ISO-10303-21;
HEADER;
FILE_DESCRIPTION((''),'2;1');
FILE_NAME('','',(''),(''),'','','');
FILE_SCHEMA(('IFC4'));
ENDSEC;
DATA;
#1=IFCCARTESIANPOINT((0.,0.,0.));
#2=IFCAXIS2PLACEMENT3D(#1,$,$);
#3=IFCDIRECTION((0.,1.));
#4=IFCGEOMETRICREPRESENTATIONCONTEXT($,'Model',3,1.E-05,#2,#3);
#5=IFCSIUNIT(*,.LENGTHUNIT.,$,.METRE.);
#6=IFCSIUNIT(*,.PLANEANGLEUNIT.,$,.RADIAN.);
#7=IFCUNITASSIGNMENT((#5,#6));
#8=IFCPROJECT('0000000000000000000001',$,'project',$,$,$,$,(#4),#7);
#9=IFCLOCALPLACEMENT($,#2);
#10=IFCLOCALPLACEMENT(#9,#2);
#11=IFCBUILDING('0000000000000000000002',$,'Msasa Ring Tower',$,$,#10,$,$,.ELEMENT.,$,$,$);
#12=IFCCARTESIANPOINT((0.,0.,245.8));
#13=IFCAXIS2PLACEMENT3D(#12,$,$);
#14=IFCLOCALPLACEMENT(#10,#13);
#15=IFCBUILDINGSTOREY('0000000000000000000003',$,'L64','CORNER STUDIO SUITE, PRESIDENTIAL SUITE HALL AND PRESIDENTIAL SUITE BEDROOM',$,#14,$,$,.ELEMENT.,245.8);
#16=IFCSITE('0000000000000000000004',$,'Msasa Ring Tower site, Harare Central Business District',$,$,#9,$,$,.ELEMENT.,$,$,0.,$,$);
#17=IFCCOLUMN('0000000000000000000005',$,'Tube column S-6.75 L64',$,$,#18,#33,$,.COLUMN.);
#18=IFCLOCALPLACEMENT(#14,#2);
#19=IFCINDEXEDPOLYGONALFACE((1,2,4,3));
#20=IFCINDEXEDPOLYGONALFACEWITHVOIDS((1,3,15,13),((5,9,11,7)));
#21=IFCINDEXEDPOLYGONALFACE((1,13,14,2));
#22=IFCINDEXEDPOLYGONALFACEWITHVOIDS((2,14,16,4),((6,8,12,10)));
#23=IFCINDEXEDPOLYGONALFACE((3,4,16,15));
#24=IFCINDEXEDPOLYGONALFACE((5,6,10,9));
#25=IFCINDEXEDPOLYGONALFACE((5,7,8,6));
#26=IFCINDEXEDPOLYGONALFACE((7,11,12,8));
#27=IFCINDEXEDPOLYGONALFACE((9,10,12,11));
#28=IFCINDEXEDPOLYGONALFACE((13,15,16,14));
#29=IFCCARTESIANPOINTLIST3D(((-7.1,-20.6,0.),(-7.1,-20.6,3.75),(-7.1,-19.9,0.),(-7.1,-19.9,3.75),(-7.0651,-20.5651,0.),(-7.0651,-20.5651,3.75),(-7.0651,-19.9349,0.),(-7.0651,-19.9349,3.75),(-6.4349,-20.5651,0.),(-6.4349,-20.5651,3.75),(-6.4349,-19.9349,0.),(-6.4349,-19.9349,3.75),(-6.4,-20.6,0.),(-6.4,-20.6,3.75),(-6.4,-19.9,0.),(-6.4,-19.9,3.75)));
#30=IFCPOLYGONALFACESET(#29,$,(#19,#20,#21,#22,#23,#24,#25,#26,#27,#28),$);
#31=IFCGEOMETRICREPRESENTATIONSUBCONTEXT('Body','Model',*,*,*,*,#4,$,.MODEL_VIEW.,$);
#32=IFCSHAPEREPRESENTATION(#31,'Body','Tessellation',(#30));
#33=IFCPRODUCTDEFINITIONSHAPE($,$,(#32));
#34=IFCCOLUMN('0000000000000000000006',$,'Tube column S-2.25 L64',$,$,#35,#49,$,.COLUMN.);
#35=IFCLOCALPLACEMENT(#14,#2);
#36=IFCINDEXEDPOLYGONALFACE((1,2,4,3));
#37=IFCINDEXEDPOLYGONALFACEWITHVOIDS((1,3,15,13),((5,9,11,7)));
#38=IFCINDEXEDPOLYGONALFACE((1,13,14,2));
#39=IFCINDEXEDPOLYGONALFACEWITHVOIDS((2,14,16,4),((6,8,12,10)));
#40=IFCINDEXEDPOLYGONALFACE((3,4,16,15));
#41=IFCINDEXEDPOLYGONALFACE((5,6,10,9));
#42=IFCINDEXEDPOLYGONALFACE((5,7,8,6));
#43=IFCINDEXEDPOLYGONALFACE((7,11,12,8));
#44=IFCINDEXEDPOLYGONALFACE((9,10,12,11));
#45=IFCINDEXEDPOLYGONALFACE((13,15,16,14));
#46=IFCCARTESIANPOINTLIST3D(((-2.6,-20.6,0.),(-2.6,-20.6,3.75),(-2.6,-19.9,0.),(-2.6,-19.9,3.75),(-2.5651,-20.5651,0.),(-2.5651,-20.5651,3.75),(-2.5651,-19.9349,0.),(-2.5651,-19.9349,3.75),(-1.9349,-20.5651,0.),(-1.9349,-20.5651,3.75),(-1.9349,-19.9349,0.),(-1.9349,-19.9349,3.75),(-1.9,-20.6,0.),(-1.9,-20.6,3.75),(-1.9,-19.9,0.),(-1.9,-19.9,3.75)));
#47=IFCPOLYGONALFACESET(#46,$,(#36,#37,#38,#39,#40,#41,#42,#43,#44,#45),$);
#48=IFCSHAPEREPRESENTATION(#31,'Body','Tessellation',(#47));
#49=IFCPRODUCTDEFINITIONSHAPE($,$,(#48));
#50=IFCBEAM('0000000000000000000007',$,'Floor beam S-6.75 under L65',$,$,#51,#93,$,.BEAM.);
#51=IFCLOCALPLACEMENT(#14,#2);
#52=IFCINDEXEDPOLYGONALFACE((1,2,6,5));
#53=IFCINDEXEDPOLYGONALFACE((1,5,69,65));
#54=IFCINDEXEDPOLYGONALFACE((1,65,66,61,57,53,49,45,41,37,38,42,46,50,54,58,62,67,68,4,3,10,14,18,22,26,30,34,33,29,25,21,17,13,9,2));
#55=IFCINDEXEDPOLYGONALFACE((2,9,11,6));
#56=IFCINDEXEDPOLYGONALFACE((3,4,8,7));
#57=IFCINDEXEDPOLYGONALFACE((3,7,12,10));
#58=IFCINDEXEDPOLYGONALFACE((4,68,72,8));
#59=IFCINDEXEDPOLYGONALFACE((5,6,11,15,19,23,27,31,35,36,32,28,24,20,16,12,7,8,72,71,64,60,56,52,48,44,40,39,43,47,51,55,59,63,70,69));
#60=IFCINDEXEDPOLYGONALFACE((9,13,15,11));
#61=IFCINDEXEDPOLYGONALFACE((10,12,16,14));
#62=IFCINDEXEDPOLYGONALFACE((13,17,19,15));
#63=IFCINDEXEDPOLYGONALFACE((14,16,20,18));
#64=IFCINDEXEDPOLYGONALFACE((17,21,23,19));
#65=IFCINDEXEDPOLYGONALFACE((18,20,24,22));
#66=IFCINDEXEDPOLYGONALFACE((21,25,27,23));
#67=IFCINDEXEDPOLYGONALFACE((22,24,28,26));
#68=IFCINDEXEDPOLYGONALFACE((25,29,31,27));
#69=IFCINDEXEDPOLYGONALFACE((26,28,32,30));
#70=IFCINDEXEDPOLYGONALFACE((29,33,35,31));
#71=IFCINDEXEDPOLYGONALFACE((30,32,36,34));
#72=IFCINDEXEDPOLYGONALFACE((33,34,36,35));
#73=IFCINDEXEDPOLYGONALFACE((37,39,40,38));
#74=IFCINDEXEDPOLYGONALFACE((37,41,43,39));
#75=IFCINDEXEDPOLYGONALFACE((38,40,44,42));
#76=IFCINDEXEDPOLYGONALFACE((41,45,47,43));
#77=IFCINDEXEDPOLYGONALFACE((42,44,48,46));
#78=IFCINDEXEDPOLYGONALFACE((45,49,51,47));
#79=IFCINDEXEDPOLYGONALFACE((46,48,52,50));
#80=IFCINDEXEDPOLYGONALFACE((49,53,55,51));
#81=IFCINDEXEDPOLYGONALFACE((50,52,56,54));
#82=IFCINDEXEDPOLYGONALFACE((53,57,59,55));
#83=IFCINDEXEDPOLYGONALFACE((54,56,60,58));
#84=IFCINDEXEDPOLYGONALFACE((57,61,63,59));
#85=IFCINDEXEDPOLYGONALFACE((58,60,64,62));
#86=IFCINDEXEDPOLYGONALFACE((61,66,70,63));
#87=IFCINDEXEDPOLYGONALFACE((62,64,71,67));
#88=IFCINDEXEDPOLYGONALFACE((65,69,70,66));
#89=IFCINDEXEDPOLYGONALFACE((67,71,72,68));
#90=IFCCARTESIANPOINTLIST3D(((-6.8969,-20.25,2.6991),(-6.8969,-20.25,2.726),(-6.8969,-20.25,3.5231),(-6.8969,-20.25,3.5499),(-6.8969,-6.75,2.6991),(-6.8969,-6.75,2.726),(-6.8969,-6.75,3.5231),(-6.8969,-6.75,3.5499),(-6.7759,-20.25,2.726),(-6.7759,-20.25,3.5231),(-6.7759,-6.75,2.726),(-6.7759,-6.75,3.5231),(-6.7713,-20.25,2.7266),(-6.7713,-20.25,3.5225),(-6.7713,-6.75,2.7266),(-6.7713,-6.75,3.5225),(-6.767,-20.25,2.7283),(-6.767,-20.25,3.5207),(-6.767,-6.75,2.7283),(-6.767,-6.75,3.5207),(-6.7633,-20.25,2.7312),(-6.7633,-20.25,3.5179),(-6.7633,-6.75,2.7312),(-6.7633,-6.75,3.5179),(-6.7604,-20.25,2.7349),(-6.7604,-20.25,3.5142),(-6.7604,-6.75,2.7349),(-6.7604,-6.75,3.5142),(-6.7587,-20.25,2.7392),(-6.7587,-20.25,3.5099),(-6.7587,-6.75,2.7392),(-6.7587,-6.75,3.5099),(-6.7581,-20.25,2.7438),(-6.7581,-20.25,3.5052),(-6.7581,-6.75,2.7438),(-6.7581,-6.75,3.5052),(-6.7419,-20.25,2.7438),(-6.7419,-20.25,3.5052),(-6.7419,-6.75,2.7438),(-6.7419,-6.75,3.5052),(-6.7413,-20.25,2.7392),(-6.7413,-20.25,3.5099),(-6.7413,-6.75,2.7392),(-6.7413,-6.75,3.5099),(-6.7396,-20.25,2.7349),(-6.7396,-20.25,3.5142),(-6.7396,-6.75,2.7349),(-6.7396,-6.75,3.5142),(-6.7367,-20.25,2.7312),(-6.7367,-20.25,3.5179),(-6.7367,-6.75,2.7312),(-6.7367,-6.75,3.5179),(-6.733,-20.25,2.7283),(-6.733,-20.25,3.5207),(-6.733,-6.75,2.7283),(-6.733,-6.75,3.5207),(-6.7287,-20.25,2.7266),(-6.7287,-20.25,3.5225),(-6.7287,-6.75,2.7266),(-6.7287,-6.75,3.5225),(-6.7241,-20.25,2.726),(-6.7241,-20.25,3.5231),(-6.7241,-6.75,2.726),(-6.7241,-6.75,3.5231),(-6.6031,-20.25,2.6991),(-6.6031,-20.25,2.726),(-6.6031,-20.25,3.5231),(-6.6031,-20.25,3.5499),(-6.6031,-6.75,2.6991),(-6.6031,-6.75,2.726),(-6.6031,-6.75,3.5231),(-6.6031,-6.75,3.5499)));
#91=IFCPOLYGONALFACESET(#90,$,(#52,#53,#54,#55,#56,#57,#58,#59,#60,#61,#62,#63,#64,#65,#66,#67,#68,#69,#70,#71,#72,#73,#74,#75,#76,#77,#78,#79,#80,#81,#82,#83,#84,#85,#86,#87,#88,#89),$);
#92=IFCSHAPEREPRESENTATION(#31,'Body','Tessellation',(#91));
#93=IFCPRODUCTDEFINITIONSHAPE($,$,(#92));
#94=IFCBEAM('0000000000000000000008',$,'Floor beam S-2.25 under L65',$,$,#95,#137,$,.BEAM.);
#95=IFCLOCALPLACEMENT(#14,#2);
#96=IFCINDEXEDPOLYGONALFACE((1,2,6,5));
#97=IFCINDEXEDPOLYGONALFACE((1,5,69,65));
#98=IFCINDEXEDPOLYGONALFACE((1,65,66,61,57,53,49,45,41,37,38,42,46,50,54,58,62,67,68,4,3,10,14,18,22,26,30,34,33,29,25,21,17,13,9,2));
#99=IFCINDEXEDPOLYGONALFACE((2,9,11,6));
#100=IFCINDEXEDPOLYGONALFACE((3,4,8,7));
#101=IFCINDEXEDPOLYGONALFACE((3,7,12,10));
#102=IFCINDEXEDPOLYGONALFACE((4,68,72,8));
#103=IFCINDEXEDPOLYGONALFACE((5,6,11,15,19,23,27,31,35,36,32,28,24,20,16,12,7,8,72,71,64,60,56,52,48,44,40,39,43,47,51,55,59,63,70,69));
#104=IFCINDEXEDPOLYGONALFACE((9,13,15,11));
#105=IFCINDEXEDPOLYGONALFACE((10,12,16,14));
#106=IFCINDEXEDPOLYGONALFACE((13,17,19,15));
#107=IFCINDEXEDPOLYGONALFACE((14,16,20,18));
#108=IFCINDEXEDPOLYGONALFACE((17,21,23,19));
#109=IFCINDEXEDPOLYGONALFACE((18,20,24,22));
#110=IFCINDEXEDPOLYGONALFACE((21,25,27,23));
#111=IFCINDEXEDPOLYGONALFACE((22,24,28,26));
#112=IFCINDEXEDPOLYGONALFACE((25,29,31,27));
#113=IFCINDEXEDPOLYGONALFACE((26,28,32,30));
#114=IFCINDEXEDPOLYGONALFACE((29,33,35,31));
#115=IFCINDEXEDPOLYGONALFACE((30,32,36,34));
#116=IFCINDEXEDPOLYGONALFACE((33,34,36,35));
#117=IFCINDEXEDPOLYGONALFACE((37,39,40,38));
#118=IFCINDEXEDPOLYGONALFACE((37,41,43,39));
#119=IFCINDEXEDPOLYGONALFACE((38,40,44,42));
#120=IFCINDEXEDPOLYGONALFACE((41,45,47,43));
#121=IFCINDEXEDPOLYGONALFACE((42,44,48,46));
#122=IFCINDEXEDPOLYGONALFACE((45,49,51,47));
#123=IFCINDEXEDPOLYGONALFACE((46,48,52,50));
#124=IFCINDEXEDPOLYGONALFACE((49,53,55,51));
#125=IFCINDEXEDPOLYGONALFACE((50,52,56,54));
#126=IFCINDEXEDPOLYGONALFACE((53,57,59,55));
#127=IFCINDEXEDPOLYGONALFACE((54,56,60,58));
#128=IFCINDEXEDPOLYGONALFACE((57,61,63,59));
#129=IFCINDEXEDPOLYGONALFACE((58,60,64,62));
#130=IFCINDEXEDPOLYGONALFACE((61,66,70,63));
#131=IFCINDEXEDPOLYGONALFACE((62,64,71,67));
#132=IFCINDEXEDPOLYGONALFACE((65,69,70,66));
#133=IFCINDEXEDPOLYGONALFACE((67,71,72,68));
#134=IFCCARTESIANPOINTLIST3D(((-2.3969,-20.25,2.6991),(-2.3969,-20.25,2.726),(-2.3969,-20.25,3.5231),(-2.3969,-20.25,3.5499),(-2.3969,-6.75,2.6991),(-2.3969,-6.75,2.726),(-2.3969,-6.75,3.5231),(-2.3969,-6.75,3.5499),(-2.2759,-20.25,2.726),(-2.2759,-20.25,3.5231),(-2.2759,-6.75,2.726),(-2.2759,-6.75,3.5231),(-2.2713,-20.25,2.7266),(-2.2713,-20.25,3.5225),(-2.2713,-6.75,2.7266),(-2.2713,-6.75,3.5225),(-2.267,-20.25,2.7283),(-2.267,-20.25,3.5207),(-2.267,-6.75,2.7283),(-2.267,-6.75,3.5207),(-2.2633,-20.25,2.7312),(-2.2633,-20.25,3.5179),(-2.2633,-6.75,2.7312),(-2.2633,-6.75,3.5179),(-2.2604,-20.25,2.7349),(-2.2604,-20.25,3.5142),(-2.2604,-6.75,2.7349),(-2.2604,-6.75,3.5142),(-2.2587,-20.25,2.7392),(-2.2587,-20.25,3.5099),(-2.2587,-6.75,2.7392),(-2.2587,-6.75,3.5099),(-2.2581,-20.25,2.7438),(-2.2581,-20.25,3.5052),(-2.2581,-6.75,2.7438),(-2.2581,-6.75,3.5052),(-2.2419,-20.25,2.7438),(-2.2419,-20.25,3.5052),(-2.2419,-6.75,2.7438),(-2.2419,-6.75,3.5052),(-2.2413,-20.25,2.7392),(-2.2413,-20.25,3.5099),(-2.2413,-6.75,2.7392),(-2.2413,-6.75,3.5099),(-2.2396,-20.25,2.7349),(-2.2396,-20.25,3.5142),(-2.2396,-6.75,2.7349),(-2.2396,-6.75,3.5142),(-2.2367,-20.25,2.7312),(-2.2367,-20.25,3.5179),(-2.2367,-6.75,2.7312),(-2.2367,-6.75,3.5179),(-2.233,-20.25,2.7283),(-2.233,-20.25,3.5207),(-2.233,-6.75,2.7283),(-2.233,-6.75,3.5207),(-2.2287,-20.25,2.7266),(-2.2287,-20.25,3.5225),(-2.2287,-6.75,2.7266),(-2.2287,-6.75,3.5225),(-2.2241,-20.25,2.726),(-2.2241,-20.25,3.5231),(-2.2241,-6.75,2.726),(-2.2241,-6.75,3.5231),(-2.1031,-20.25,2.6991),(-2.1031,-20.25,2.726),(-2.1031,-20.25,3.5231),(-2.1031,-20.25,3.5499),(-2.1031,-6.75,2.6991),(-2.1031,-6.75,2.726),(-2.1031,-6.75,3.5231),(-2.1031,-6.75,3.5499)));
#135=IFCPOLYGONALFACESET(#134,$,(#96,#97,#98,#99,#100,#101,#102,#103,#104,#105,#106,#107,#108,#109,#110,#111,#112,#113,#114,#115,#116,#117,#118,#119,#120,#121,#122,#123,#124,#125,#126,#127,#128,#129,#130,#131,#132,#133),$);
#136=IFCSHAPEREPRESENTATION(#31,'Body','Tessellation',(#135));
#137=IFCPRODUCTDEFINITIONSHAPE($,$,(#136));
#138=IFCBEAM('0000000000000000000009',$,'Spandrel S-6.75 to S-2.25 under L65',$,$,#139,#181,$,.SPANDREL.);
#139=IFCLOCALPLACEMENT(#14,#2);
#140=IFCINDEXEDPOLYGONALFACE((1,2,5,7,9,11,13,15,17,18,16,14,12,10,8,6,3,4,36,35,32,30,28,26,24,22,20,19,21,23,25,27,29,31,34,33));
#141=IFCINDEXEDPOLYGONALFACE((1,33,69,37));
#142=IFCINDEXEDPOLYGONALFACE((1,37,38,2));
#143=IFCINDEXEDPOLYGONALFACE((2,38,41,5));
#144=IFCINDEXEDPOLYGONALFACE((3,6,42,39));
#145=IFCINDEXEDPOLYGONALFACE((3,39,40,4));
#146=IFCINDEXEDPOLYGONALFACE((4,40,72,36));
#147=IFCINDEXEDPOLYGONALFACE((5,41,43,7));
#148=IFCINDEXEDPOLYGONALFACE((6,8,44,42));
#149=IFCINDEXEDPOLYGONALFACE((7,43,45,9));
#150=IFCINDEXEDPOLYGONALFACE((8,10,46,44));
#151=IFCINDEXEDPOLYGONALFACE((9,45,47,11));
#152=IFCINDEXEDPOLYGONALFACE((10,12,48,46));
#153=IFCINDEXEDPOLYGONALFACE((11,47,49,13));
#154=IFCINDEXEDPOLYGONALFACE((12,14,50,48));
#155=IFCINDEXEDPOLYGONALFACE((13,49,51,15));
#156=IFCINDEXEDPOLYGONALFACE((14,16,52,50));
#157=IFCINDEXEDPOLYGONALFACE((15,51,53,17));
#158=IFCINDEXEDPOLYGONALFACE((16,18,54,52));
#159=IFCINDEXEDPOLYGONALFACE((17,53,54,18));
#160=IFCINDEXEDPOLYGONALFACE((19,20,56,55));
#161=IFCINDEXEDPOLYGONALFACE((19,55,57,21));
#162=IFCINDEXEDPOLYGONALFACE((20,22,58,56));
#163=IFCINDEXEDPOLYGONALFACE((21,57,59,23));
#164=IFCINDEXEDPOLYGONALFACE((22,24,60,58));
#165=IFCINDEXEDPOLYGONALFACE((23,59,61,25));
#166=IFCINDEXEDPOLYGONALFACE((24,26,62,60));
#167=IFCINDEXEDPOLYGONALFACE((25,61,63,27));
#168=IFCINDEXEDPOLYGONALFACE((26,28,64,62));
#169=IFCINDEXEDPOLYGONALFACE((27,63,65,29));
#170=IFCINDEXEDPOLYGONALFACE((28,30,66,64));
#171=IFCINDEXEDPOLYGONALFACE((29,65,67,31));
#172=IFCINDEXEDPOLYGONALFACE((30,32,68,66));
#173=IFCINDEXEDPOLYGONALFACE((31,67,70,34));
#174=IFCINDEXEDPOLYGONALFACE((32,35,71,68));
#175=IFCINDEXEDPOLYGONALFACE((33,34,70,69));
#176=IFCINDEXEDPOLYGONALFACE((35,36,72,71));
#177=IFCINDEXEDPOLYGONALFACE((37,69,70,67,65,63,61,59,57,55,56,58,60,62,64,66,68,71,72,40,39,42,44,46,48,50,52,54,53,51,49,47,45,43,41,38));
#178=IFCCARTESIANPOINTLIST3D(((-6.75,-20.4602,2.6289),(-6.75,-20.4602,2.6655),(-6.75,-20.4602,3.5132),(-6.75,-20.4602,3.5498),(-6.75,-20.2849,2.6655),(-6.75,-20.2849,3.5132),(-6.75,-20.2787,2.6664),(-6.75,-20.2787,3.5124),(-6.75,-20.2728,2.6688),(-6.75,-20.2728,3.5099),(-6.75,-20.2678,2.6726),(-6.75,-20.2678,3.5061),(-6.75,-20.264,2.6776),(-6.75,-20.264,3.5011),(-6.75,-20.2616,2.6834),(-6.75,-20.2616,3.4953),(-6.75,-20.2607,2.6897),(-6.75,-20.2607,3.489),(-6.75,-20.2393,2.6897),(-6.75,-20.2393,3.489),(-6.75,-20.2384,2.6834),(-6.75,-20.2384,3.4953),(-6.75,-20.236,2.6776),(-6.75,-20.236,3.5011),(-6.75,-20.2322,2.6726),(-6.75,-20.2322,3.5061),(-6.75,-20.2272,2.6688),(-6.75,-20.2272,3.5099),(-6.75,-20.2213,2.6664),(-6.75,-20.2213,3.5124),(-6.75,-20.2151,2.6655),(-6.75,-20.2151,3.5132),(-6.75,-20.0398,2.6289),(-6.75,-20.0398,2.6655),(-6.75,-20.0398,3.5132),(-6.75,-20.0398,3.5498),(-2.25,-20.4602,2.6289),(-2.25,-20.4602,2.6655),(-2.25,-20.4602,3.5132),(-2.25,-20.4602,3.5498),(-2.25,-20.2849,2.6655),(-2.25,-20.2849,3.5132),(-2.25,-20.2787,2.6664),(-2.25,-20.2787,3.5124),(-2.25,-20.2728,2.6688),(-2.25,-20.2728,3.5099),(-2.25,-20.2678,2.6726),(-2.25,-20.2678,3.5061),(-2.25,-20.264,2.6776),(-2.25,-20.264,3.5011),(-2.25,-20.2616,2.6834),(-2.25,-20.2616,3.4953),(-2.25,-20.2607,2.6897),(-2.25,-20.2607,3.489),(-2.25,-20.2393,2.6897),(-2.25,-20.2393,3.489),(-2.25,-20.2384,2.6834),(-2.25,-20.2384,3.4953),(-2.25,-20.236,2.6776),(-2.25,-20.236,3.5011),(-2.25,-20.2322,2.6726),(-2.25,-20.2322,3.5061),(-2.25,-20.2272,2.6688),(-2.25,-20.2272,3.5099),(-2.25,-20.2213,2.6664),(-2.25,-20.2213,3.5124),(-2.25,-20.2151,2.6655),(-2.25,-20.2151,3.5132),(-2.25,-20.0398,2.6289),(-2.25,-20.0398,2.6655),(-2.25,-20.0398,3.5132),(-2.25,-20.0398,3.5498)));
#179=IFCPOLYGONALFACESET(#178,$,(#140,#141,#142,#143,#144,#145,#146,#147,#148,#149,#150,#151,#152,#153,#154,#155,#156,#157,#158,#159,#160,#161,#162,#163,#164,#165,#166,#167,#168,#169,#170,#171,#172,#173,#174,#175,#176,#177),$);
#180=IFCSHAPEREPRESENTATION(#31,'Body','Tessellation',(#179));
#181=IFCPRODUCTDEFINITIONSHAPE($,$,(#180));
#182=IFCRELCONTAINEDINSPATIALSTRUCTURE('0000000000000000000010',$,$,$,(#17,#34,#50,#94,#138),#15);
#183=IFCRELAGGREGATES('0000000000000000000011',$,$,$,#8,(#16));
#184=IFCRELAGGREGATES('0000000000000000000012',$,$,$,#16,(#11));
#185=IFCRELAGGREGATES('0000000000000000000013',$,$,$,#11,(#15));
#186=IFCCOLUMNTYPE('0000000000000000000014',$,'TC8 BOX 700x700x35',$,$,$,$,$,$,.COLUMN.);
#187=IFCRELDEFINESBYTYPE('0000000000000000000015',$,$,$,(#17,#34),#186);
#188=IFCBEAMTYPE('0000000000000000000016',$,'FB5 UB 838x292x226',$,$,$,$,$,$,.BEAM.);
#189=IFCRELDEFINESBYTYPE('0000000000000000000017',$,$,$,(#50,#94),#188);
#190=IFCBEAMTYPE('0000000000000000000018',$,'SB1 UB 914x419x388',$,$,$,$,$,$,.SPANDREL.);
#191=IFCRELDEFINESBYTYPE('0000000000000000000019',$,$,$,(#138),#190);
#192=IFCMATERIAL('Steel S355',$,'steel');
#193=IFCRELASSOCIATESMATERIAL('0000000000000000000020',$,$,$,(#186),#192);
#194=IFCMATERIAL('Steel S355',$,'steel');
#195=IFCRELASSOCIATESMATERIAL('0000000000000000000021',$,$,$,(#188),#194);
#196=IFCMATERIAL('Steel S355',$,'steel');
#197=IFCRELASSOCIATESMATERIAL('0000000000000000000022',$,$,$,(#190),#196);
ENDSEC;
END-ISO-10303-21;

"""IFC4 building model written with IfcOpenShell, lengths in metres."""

from ifc_helpers import new_model, si_unit, direction, frame, origin, origin_2d, place, context, subcontext, project, spatial, hollow_rectangle, i_section, extrude, material, material_profile, profile_set, type_object, element, save


model = new_model("IFC4")

# Units and contexts
model_context = context("Model", 3, precision=1e-05, world=origin(), true_north=direction((0.0, 1.0)))
body_context = subcontext(model_context, "Body", "Model", "MODEL_VIEW")
ifc_project = project(units=[si_unit("LENGTHUNIT", "METRE"), si_unit("PLANEANGLEUNIT", "RADIAN")], contexts=[model_context])

# Site, building, storey
site_placement = place(None, origin())
site = spatial("IfcSite", under=ifc_project, at=site_placement, Name="Msasa Ring Tower site, Harare Central Business District", CompositionType="ELEMENT", RefElevation=0.0)
building_placement = place(site_placement, origin())
building = spatial("IfcBuilding", under=site, at=building_placement, Name="Msasa Ring Tower", CompositionType="ELEMENT")
storey_placement = place(building_placement, frame((0.0, 0.0, 245.8)))
storey = spatial("IfcBuildingStorey", under=building, at=storey_placement, Name="L64", Description="CORNER STUDIO SUITE, PRESIDENTIAL SUITE HALL AND PRESIDENTIAL SUITE BEDROOM", CompositionType="ELEMENT", Elevation=245.8)

# Columns
ifc_material_1 = material(Name="Steel S355", Category="steel")
ifc_material_profile_1 = material_profile(ifc_material_1, hollow_rectangle(XDim=0.7, YDim=0.7, WallThickness=0.0349, at=origin_2d()), Name="BOX 700x700x35")
ifc_profile_set_1 = profile_set([ifc_material_profile_1], Name="Steel S355")
column_type = type_object("IfcColumnType", Name="TC8 BOX 700x700x35", PredefinedType="COLUMN", material=ifc_profile_set_1)
for number, where, z_axis, x_axis, name in (
    (1, (-6.75, -20.25, 0.0), (0.0, 0.0, 1.0), (0.0, 1.0, 0.0), "Tube column S-6.75 L64"),
    (2, (-2.25, -20.25, 0.0), (0.0, 0.0, 1.0), (0.0, 1.0, 0.0), "Tube column S-2.25 L64"),
):
    element("IfcColumn", number, at=place(storey_placement, frame(where, z_axis=z_axis, x_axis=x_axis)), inside=storey, type_object=column_type, Name=name, PredefinedType="COLUMN", context=body_context, shape_type="SweptSolid", body=[
        extrude(hollow_rectangle(XDim=0.7, YDim=0.7, WallThickness=0.0349, at=origin_2d()), origin(), (0.0, 0.0, 1.0), 3.75),
    ])

# Beams
ifc_material_2 = material(Name="Steel S355", Category="steel")
ifc_material_profile_2 = material_profile(ifc_material_2, i_section(OverallWidth=0.2937, OverallDepth=0.8508, WebThickness=0.0161, FlangeThickness=0.0269, FilletRadius=0.0178, at=origin_2d()), Name="UB 838x292x226")
ifc_profile_set_2 = profile_set([ifc_material_profile_2], Name="Steel S355")
beam_type_1 = type_object("IfcBeamType", Name="FB5 UB 838x292x226", PredefinedType="BEAM", material=ifc_profile_set_2)
for number, where, z_axis, x_axis, name in (
    (3, (-6.75, -20.25, 3.1245), (0.0, 1.0, 0.0), (-1.0, 0.0, 0.0), "Floor beam S-6.75 under L65"),
    (4, (-2.25, -20.25, 3.1245), (0.0, 1.0, 0.0), (-1.0, 0.0, 0.0), "Floor beam S-2.25 under L65"),
):
    element("IfcBeam", number, at=place(storey_placement, frame(where, z_axis=z_axis, x_axis=x_axis)), inside=storey, type_object=beam_type_1, Name=name, PredefinedType="BEAM", context=body_context, shape_type="SweptSolid", body=[
        extrude(i_section(OverallWidth=0.2937, OverallDepth=0.8508, WebThickness=0.0161, FlangeThickness=0.0269, FilletRadius=0.0178, at=origin_2d()), origin(), (0.0, 0.0, 1.0), 13.5),
    ])
ifc_material_3 = material(Name="Steel S355", Category="steel")
ifc_material_profile_3 = material_profile(ifc_material_3, i_section(OverallWidth=0.4204, OverallDepth=0.9209, WebThickness=0.0215, FlangeThickness=0.0366, FilletRadius=0.0242, at=origin_2d()), Name="UB 914x419x388")
ifc_profile_set_3 = profile_set([ifc_material_profile_3], Name="Steel S355")
beam_type_2 = type_object("IfcBeamType", Name="SB1 UB 914x419x388", PredefinedType="SPANDREL", material=ifc_profile_set_3)
for number, where, z_axis, x_axis, name in (
    (5, (-6.75, -20.25, 3.0894), (1.0, 0.0, 0.0), (0.0, 1.0, 0.0), "Spandrel S-6.75 to S-2.25 under L65"),
):
    element("IfcBeam", number, at=place(storey_placement, frame(where, z_axis=z_axis, x_axis=x_axis)), inside=storey, type_object=beam_type_2, Name=name, PredefinedType="SPANDREL", context=body_context, shape_type="SweptSolid", body=[
        extrude(i_section(OverallWidth=0.4204, OverallDepth=0.9209, WebThickness=0.0215, FlangeThickness=0.0366, FilletRadius=0.0242, at=origin_2d()), origin(), (0.0, 0.0, 1.0), 4.5),
    ])

save(model, "model.ifc")
